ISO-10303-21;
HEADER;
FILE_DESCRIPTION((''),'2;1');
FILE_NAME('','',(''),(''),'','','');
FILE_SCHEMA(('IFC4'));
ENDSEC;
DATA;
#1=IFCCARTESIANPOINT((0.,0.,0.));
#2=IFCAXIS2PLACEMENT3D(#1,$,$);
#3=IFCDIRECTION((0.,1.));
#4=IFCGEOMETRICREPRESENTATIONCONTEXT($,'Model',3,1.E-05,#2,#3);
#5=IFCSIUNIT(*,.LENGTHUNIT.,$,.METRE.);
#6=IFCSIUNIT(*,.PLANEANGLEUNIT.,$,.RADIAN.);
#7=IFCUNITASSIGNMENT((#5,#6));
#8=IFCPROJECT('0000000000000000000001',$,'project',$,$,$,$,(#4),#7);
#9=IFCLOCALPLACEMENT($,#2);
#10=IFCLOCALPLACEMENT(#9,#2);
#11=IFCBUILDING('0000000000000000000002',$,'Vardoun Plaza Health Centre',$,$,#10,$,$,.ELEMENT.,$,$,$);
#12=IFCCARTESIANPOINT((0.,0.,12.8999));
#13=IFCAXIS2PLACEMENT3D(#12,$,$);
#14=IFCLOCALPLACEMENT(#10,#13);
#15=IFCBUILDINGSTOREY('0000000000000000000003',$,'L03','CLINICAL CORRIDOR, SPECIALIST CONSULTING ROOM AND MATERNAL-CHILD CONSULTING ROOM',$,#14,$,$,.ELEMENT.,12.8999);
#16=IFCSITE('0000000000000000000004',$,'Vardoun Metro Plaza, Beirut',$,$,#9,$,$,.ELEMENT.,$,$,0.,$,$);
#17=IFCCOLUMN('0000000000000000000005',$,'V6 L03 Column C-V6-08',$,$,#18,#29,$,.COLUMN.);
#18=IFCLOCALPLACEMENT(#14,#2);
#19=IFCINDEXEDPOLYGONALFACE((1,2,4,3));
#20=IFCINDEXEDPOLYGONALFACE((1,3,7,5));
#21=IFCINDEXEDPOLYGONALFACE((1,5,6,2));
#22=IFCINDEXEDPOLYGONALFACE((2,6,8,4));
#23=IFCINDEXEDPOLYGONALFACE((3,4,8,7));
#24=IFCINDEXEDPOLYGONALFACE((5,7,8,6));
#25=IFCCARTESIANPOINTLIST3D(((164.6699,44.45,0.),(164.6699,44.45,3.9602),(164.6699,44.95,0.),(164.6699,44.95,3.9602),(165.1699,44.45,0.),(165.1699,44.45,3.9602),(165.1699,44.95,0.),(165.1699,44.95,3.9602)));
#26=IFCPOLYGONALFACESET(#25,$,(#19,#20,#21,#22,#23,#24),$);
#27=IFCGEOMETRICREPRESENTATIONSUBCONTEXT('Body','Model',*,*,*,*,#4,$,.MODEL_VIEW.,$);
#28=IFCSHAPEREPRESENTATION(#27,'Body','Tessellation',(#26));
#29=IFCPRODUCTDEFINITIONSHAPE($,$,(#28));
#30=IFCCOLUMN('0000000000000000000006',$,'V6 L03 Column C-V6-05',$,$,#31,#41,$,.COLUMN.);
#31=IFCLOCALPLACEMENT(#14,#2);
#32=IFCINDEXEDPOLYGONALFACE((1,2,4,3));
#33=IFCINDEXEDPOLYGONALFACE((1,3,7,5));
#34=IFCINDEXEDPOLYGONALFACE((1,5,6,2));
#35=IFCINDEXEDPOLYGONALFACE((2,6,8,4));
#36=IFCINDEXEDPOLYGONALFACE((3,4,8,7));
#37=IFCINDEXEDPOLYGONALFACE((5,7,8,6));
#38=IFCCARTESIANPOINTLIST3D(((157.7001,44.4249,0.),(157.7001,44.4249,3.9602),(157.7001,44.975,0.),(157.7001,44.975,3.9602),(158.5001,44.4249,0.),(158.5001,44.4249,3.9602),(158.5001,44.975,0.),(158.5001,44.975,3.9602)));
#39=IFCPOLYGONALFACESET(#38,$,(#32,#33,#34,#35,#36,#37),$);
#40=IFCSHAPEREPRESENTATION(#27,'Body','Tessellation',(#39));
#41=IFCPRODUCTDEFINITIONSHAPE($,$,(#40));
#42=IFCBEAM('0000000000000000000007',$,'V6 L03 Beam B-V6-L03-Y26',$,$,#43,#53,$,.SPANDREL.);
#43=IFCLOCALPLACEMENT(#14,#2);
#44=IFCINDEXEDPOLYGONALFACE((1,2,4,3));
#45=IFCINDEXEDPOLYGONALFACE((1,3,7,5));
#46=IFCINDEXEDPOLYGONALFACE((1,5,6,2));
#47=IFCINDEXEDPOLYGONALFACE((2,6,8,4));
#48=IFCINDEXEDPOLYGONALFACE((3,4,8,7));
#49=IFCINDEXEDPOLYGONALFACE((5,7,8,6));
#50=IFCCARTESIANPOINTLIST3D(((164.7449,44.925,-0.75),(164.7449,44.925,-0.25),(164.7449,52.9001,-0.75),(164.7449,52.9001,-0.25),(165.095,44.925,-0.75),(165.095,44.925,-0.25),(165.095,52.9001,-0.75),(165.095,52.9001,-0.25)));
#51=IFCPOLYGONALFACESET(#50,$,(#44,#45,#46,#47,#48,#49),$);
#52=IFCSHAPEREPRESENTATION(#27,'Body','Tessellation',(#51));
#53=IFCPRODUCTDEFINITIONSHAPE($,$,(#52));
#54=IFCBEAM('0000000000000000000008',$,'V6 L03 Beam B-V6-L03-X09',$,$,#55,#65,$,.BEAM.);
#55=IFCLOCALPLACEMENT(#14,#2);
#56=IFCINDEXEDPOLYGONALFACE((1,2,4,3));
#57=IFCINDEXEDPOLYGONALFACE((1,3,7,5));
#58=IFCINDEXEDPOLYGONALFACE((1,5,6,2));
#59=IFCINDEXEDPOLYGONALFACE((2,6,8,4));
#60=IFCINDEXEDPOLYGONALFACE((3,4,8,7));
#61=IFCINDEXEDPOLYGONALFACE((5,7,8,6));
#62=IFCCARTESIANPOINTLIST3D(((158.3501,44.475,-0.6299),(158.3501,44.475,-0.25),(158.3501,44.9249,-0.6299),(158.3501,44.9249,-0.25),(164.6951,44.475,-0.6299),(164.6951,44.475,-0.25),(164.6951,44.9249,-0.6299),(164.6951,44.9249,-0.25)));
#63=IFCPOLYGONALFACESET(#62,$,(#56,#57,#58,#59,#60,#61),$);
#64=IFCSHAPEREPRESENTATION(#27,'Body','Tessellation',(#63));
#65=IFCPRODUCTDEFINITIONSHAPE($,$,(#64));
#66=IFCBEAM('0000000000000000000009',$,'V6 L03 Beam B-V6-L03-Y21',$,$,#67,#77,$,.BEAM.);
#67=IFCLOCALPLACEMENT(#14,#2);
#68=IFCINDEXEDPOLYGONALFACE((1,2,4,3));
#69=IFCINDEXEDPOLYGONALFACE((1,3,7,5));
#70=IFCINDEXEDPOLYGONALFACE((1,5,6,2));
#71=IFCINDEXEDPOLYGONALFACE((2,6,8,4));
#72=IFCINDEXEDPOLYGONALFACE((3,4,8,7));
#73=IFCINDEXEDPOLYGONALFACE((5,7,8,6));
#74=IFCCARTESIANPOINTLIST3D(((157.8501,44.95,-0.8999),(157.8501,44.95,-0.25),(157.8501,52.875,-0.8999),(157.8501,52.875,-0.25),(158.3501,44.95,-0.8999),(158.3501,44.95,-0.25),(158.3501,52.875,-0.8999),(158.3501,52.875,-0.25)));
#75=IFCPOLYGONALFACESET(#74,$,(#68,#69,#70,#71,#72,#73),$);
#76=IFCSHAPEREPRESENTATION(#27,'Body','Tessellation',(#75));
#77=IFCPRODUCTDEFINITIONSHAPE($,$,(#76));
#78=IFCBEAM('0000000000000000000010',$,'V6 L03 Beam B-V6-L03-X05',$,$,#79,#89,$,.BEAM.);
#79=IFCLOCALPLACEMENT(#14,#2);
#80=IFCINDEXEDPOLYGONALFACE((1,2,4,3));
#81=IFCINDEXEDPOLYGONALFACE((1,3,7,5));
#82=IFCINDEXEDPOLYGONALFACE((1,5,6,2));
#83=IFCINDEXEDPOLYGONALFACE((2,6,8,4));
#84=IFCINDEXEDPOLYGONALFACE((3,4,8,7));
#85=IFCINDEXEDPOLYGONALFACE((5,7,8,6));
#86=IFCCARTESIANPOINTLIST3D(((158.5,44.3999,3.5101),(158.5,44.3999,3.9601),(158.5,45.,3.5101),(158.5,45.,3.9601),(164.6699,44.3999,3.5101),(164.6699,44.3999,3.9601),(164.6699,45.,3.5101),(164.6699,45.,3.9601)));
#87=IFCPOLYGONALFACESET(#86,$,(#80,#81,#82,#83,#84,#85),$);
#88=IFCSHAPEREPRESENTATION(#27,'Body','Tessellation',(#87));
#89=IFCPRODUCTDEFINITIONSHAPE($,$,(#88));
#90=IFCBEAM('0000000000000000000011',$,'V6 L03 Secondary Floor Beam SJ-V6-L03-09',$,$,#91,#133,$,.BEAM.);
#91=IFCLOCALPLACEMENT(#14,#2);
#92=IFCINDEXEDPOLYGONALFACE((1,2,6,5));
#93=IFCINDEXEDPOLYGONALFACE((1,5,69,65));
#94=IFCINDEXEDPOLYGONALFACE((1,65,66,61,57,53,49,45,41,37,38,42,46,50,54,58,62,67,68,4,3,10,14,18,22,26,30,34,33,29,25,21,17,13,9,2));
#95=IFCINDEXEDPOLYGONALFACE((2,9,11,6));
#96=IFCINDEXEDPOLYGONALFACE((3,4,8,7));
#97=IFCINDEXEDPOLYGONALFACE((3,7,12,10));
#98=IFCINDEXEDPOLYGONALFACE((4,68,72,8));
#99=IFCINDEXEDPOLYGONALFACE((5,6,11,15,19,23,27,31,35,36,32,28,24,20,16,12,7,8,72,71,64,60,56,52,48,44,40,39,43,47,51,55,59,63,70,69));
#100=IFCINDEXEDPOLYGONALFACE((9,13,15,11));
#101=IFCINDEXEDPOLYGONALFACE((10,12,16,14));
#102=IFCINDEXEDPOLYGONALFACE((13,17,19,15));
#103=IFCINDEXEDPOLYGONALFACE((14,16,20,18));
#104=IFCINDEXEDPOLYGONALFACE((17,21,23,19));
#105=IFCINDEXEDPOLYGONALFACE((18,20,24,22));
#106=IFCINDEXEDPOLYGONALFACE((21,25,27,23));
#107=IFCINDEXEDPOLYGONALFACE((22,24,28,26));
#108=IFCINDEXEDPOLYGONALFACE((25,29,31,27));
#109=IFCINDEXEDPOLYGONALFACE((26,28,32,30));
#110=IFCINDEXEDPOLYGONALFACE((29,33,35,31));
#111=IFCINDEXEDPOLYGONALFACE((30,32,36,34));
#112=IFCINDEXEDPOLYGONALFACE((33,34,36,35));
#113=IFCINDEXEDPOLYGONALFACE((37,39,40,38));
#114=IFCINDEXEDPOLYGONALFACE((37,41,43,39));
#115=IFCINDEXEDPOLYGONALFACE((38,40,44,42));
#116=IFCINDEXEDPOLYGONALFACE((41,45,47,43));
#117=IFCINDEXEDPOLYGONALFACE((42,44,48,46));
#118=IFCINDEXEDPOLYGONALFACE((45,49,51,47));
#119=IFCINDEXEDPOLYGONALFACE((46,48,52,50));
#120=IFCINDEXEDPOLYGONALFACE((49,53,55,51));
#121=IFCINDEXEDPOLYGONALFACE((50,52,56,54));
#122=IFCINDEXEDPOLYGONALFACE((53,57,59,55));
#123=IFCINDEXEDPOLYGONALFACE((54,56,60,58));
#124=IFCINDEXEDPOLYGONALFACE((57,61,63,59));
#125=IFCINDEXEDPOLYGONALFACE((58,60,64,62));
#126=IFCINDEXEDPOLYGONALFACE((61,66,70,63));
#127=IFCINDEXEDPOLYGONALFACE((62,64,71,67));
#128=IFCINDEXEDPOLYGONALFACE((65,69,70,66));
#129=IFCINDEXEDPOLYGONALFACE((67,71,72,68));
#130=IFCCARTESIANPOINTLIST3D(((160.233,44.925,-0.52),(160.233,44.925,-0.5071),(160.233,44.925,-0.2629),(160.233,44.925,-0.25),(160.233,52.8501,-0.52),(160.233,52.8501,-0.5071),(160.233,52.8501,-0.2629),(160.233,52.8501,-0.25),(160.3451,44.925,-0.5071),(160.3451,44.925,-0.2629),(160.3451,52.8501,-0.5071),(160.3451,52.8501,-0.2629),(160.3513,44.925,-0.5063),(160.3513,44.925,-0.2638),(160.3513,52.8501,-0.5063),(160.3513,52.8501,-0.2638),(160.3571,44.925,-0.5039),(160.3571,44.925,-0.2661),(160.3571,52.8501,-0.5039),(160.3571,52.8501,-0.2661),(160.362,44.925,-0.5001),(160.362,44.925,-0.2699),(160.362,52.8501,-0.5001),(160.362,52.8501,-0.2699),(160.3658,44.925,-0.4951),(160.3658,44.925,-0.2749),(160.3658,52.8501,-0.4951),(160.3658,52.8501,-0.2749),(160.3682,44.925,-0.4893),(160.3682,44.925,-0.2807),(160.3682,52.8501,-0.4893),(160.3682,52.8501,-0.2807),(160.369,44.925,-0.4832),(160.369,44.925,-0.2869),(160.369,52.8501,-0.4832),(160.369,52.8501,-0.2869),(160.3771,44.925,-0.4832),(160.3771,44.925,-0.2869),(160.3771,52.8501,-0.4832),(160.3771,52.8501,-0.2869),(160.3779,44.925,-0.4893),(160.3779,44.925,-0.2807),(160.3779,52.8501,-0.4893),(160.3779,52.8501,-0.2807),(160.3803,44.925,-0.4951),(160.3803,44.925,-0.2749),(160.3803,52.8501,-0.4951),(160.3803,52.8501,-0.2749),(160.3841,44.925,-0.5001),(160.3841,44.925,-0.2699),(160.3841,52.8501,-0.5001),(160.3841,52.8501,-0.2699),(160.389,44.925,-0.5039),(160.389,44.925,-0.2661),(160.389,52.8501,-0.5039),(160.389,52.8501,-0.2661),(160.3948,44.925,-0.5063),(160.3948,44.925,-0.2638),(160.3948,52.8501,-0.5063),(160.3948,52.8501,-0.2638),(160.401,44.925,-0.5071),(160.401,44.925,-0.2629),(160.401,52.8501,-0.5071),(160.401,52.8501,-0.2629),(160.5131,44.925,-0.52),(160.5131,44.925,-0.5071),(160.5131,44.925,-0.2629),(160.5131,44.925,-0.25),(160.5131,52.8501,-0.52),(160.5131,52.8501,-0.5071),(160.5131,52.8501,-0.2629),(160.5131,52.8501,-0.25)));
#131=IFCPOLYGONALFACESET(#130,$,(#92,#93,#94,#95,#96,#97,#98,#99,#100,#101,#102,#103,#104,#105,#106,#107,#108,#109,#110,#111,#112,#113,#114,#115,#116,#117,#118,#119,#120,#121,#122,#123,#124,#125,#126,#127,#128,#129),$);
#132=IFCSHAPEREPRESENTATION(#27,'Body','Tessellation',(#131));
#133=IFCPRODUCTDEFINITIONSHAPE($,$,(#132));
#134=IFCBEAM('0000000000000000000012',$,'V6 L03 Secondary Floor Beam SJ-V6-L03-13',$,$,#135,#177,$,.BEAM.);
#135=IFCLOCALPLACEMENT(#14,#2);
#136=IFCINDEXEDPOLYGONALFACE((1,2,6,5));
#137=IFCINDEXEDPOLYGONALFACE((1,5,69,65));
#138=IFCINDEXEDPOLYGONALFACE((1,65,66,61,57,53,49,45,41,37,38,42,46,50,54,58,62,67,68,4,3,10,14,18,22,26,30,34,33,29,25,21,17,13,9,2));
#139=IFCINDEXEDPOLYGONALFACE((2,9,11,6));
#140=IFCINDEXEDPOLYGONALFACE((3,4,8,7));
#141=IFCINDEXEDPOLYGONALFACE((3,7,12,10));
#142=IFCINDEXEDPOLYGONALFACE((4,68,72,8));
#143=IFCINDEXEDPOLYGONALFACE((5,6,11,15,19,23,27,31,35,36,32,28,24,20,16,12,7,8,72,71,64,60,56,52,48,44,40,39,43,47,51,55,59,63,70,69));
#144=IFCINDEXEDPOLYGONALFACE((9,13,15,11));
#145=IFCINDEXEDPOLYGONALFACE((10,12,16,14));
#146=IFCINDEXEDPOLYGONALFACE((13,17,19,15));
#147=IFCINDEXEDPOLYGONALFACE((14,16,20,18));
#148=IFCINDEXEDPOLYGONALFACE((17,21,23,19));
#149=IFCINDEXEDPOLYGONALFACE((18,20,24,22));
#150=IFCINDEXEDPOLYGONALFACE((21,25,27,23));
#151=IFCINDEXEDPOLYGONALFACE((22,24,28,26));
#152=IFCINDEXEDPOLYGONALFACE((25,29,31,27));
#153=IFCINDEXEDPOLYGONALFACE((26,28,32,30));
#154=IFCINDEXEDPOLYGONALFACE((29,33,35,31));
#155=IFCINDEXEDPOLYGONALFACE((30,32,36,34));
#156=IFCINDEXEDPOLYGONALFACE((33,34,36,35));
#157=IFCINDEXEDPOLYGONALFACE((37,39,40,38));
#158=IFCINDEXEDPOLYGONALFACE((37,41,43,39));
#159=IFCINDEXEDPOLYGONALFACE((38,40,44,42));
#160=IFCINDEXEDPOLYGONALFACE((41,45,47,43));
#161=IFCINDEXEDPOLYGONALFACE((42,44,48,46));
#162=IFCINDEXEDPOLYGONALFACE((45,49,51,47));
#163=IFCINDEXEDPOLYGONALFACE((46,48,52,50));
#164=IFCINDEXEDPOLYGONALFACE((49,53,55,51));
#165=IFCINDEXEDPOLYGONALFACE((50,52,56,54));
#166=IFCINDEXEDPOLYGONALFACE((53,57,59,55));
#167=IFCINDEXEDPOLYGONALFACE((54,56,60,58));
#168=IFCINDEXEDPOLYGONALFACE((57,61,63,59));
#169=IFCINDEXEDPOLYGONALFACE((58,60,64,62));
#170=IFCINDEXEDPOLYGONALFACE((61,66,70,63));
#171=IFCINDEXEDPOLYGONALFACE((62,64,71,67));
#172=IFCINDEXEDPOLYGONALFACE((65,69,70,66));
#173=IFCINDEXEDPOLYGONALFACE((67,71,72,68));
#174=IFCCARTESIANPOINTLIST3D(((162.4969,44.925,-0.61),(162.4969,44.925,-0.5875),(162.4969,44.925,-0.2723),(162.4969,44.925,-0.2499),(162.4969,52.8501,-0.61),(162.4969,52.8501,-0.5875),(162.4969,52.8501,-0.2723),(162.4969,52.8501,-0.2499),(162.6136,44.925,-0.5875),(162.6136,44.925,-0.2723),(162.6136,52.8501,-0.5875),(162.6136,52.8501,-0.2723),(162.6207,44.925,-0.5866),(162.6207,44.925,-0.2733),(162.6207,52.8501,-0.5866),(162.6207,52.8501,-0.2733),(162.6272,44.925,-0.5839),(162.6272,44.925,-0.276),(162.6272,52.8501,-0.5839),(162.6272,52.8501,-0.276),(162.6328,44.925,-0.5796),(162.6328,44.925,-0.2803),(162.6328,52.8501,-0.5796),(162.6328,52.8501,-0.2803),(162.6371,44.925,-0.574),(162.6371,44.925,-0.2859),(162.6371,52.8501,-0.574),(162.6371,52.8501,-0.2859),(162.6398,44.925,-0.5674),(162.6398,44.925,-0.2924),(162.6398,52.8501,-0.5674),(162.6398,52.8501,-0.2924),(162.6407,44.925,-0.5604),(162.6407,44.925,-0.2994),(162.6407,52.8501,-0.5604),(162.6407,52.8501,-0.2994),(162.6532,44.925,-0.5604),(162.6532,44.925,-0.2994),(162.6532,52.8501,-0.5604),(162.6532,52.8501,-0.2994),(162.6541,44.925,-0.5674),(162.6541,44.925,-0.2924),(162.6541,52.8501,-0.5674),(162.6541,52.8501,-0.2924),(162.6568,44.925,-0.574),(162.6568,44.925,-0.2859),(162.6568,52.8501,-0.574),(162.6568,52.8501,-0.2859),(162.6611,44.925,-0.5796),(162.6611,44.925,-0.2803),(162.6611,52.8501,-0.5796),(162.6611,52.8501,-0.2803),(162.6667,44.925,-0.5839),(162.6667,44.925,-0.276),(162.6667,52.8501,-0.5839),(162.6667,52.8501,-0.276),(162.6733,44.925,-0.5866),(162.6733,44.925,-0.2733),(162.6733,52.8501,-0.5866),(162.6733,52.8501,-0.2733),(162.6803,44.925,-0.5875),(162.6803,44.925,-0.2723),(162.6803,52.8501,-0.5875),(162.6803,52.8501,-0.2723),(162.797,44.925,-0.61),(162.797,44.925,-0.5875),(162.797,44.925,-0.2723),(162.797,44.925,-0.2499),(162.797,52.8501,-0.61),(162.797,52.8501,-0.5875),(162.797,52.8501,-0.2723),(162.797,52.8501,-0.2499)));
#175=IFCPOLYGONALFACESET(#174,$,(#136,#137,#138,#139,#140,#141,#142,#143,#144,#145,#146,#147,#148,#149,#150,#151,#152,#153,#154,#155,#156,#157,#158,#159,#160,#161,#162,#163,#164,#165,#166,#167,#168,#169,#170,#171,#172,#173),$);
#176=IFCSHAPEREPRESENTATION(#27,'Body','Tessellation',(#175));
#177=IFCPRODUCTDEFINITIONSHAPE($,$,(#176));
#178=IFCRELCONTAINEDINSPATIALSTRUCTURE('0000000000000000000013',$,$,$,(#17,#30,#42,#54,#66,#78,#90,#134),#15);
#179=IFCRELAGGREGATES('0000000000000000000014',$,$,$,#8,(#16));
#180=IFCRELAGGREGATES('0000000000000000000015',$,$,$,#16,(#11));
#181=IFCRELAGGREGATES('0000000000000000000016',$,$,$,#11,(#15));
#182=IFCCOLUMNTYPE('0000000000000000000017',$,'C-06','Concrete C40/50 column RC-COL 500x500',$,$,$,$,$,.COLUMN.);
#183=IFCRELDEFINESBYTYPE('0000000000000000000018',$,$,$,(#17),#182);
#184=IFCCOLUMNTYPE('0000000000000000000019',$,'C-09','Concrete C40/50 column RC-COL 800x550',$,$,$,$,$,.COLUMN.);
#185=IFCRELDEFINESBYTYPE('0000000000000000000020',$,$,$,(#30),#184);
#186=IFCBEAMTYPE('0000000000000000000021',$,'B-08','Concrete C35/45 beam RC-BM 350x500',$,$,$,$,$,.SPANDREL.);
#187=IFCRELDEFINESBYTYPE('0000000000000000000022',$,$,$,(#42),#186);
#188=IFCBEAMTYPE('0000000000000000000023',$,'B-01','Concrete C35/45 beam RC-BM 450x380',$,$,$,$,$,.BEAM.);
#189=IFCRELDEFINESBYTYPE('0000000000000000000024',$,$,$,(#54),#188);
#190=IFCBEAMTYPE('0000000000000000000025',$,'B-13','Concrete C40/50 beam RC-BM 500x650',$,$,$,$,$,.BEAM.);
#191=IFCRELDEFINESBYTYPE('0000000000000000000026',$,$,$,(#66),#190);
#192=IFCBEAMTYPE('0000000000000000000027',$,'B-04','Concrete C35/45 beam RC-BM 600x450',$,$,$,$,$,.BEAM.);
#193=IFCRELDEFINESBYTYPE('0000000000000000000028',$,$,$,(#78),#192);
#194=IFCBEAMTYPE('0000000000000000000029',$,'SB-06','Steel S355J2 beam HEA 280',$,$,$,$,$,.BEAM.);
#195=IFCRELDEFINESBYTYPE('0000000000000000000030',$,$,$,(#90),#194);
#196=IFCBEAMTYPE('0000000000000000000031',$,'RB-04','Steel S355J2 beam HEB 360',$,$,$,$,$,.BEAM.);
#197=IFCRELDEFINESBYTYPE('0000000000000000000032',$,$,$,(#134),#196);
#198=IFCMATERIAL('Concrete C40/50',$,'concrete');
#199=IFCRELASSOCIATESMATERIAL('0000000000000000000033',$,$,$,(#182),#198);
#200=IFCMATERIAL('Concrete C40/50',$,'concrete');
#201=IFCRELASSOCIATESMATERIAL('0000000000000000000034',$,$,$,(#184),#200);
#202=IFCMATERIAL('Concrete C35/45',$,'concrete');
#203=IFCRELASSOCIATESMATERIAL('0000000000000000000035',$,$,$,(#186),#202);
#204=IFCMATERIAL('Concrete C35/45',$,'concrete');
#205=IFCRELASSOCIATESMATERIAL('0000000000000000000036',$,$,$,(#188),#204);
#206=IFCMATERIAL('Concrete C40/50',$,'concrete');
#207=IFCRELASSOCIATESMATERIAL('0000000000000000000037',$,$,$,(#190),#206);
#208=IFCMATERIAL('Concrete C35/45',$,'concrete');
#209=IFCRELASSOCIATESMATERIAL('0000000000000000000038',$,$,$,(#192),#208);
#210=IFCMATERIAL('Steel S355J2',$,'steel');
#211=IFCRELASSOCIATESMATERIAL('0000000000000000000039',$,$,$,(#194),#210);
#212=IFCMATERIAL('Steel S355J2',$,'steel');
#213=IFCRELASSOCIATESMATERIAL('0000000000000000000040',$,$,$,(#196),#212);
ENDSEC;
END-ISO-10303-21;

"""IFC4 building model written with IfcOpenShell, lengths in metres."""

from ifc_helpers import new_model, si_unit, direction, frame, origin, origin_2d, place, context, subcontext, project, spatial, rectangle, i_section, extrude, material, material_profile, profile_set, type_object, element, save


model = new_model("IFC4")

# Units and contexts
model_context = context("Model", 3, precision=1e-05, world=origin(), true_north=direction((0.0, 1.0)))
body_context = subcontext(model_context, "Body", "Model", "MODEL_VIEW")
ifc_project = project(units=[si_unit("LENGTHUNIT", "METRE"), si_unit("PLANEANGLEUNIT", "RADIAN")], contexts=[model_context])

# Site, building, storey
site_placement = place(None, origin())
site = spatial("IfcSite", under=ifc_project, at=site_placement, Name="Vardoun Metro Plaza, Beirut", CompositionType="ELEMENT", RefElevation=0.0)
building_placement = place(site_placement, origin())
building = spatial("IfcBuilding", under=site, at=building_placement, Name="Vardoun Plaza Health Centre", CompositionType="ELEMENT")
storey_placement = place(building_placement, frame((0.0, 0.0, 12.8999)))
storey = spatial("IfcBuildingStorey", under=building, at=storey_placement, Name="L03", Description="CLINICAL CORRIDOR, SPECIALIST CONSULTING ROOM AND MATERNAL-CHILD CONSULTING ROOM", CompositionType="ELEMENT", Elevation=12.8999)

# Columns
ifc_material_1 = material(Name="Concrete C40/50", Category="concrete")
ifc_material_profile_1 = material_profile(ifc_material_1, rectangle(XDim=0.5, YDim=0.5, at=origin_2d()), Name="RC-COL 500x500")
ifc_profile_set_1 = profile_set([ifc_material_profile_1], Name="Concrete C40/50")
column_type_1 = type_object("IfcColumnType", Name="C-06", Description="Concrete C40/50 column RC-COL 500x500", PredefinedType="COLUMN", material=ifc_profile_set_1)
column_1_placement = place(storey_placement, frame((164.9199, 44.7, 0.0), z_axis=(0.0, 0.0, 1.0), x_axis=(1.0, 0.0, 0.0)))
element("IfcColumn", 1, at=column_1_placement, inside=storey, type_object=column_type_1, Name="V6 L03 Column C-V6-08", PredefinedType="COLUMN", context=body_context, shape_type="SweptSolid", body=[
    extrude(rectangle(XDim=0.5, YDim=0.5, at=origin_2d()), origin(), (0.0, 0.0, 1.0), 3.9602),
])
ifc_material_2 = material(Name="Concrete C40/50", Category="concrete")
ifc_material_profile_2 = material_profile(ifc_material_2, rectangle(XDim=0.8, YDim=0.55, at=origin_2d()), Name="RC-COL 800x550")
ifc_profile_set_2 = profile_set([ifc_material_profile_2], Name="Concrete C40/50")
column_type_2 = type_object("IfcColumnType", Name="C-09", Description="Concrete C40/50 column RC-COL 800x550", PredefinedType="COLUMN", material=ifc_profile_set_2)
column_2_placement = place(storey_placement, frame((158.1001, 44.7, 0.0), z_axis=(0.0, 0.0, 1.0), x_axis=(1.0, 0.0, 0.0)))
element("IfcColumn", 2, at=column_2_placement, inside=storey, type_object=column_type_2, Name="V6 L03 Column C-V6-05", PredefinedType="COLUMN", context=body_context, shape_type="SweptSolid", body=[
    extrude(rectangle(XDim=0.8, YDim=0.55, at=origin_2d()), origin(), (0.0, 0.0, 1.0), 3.9602),
])

# Beams
ifc_material_3 = material(Name="Concrete C35/45", Category="concrete")
ifc_material_profile_3 = material_profile(ifc_material_3, rectangle(XDim=0.3501, YDim=0.5, at=origin_2d()), Name="RC-BM 350x500")
ifc_profile_set_3 = profile_set([ifc_material_profile_3], Name="Concrete C35/45")
beam_type_1 = type_object("IfcBeamType", Name="B-08", Description="Concrete C35/45 beam RC-BM 350x500", PredefinedType="SPANDREL", material=ifc_profile_set_3)
beam_1_placement = place(storey_placement, frame((164.9199, 44.925, -0.5), z_axis=(0.0, 1.0, 0.0), x_axis=(-1.0, 0.0, 0.0)))
element("IfcBeam", 3, at=beam_1_placement, inside=storey, type_object=beam_type_1, Name="V6 L03 Beam B-V6-L03-Y26", PredefinedType="SPANDREL", context=body_context, shape_type="SweptSolid", body=[
    extrude(rectangle(XDim=0.3501, YDim=0.5, at=origin_2d()), origin(), (0.0, 0.0, 1.0), 7.9751),
])
ifc_material_4 = material(Name="Concrete C35/45", Category="concrete")
ifc_material_profile_4 = material_profile(ifc_material_4, rectangle(XDim=0.45, YDim=0.3799, at=origin_2d()), Name="RC-BM 450x380")
ifc_profile_set_4 = profile_set([ifc_material_profile_4], Name="Concrete C35/45")
beam_type_2 = type_object("IfcBeamType", Name="B-01", Description="Concrete C35/45 beam RC-BM 450x380", PredefinedType="BEAM", material=ifc_profile_set_4)
beam_2_placement = place(storey_placement, frame((158.3501, 44.7, -0.4399), z_axis=(1.0, 0.0, 0.0), x_axis=(0.0, 1.0, 0.0)))
element("IfcBeam", 4, at=beam_2_placement, inside=storey, type_object=beam_type_2, Name="V6 L03 Beam B-V6-L03-X09", PredefinedType="BEAM", context=body_context, shape_type="SweptSolid", body=[
    extrude(rectangle(XDim=0.45, YDim=0.3799, at=origin_2d()), origin(), (0.0, 0.0, 1.0), 6.345),
])
ifc_material_5 = material(Name="Concrete C40/50", Category="concrete")
ifc_material_profile_5 = material_profile(ifc_material_5, rectangle(XDim=0.5, YDim=0.6499, at=origin_2d()), Name="RC-BM 500x650")
ifc_profile_set_5 = profile_set([ifc_material_profile_5], Name="Concrete C40/50")
beam_type_3 = type_object("IfcBeamType", Name="B-13", Description="Concrete C40/50 beam RC-BM 500x650", PredefinedType="BEAM", material=ifc_profile_set_5)
beam_3_placement = place(storey_placement, frame((158.1001, 44.95, -0.575), z_axis=(0.0, 1.0, 0.0), x_axis=(-1.0, 0.0, 0.0)))
element("IfcBeam", 5, at=beam_3_placement, inside=storey, type_object=beam_type_3, Name="V6 L03 Beam B-V6-L03-Y21", PredefinedType="BEAM", context=body_context, shape_type="SweptSolid", body=[
    extrude(rectangle(XDim=0.5, YDim=0.6499, at=origin_2d()), origin(), (0.0, 0.0, 1.0), 7.925),
])
ifc_material_6 = material(Name="Concrete C35/45", Category="concrete")
ifc_material_profile_6 = material_profile(ifc_material_6, rectangle(XDim=0.6001, YDim=0.45, at=origin_2d()), Name="RC-BM 600x450")
ifc_profile_set_6 = profile_set([ifc_material_profile_6], Name="Concrete C35/45")
beam_type_4 = type_object("IfcBeamType", Name="B-04", Description="Concrete C35/45 beam RC-BM 600x450", PredefinedType="BEAM", material=ifc_profile_set_6)
beam_4_placement = place(storey_placement, frame((158.5, 44.7, 3.7351), z_axis=(1.0, 0.0, 0.0), x_axis=(0.0, 1.0, 0.0)))
element("IfcBeam", 6, at=beam_4_placement, inside=storey, type_object=beam_type_4, Name="V6 L03 Beam B-V6-L03-X05", PredefinedType="BEAM", context=body_context, shape_type="SweptSolid", body=[
    extrude(rectangle(XDim=0.6001, YDim=0.45, at=origin_2d()), origin(), (0.0, 0.0, 1.0), 6.1699),
])
ifc_material_7 = material(Name="Steel S355J2", Category="steel")
ifc_material_profile_7 = material_profile(ifc_material_7, i_section(OverallWidth=0.28, OverallDepth=0.27, WebThickness=0.0081, FlangeThickness=0.0129, FilletRadius=0.0239, at=origin_2d()), Name="HEA 280")
ifc_profile_set_7 = profile_set([ifc_material_profile_7], Name="Steel S355J2")
beam_type_5 = type_object("IfcBeamType", Name="SB-06", Description="Steel S355J2 beam HEA 280", PredefinedType="BEAM", material=ifc_profile_set_7)
beam_5_placement = place(storey_placement, frame((160.373, 44.925, -0.385), z_axis=(0.0, 1.0, 0.0), x_axis=(-1.0, 0.0, 0.0)))
element("IfcBeam", 7, at=beam_5_placement, inside=storey, type_object=beam_type_5, Name="V6 L03 Secondary Floor Beam SJ-V6-L03-09", PredefinedType="BEAM", context=body_context, shape_type="SweptSolid", body=[
    extrude(i_section(OverallWidth=0.28, OverallDepth=0.27, WebThickness=0.0081, FlangeThickness=0.0129, FilletRadius=0.0239, at=origin_2d()), origin(), (0.0, 0.0, 1.0), 7.925),
])
ifc_material_8 = material(Name="Steel S355J2", Category="steel")
ifc_material_profile_8 = material_profile(ifc_material_8, i_section(OverallWidth=0.3, OverallDepth=0.3601, WebThickness=0.0125, FlangeThickness=0.0225, FilletRadius=0.0271, at=origin_2d()), Name="HEB 360")
ifc_profile_set_8 = profile_set([ifc_material_profile_8], Name="Steel S355J2")
beam_type_6 = type_object("IfcBeamType", Name="RB-04", Description="Steel S355J2 beam HEB 360", PredefinedType="BEAM", material=ifc_profile_set_8)
beam_6_placement = place(storey_placement, frame((162.647, 44.925, -0.4299), z_axis=(0.0, 1.0, 0.0), x_axis=(-1.0, 0.0, 0.0)))
element("IfcBeam", 8, at=beam_6_placement, inside=storey, type_object=beam_type_6, Name="V6 L03 Secondary Floor Beam SJ-V6-L03-13", PredefinedType="BEAM", context=body_context, shape_type="SweptSolid", body=[
    extrude(i_section(OverallWidth=0.3, OverallDepth=0.3601, WebThickness=0.0125, FlangeThickness=0.0225, FilletRadius=0.0271, at=origin_2d()), origin(), (0.0, 0.0, 1.0), 7.925),
])

save(model, "model.ifc")
